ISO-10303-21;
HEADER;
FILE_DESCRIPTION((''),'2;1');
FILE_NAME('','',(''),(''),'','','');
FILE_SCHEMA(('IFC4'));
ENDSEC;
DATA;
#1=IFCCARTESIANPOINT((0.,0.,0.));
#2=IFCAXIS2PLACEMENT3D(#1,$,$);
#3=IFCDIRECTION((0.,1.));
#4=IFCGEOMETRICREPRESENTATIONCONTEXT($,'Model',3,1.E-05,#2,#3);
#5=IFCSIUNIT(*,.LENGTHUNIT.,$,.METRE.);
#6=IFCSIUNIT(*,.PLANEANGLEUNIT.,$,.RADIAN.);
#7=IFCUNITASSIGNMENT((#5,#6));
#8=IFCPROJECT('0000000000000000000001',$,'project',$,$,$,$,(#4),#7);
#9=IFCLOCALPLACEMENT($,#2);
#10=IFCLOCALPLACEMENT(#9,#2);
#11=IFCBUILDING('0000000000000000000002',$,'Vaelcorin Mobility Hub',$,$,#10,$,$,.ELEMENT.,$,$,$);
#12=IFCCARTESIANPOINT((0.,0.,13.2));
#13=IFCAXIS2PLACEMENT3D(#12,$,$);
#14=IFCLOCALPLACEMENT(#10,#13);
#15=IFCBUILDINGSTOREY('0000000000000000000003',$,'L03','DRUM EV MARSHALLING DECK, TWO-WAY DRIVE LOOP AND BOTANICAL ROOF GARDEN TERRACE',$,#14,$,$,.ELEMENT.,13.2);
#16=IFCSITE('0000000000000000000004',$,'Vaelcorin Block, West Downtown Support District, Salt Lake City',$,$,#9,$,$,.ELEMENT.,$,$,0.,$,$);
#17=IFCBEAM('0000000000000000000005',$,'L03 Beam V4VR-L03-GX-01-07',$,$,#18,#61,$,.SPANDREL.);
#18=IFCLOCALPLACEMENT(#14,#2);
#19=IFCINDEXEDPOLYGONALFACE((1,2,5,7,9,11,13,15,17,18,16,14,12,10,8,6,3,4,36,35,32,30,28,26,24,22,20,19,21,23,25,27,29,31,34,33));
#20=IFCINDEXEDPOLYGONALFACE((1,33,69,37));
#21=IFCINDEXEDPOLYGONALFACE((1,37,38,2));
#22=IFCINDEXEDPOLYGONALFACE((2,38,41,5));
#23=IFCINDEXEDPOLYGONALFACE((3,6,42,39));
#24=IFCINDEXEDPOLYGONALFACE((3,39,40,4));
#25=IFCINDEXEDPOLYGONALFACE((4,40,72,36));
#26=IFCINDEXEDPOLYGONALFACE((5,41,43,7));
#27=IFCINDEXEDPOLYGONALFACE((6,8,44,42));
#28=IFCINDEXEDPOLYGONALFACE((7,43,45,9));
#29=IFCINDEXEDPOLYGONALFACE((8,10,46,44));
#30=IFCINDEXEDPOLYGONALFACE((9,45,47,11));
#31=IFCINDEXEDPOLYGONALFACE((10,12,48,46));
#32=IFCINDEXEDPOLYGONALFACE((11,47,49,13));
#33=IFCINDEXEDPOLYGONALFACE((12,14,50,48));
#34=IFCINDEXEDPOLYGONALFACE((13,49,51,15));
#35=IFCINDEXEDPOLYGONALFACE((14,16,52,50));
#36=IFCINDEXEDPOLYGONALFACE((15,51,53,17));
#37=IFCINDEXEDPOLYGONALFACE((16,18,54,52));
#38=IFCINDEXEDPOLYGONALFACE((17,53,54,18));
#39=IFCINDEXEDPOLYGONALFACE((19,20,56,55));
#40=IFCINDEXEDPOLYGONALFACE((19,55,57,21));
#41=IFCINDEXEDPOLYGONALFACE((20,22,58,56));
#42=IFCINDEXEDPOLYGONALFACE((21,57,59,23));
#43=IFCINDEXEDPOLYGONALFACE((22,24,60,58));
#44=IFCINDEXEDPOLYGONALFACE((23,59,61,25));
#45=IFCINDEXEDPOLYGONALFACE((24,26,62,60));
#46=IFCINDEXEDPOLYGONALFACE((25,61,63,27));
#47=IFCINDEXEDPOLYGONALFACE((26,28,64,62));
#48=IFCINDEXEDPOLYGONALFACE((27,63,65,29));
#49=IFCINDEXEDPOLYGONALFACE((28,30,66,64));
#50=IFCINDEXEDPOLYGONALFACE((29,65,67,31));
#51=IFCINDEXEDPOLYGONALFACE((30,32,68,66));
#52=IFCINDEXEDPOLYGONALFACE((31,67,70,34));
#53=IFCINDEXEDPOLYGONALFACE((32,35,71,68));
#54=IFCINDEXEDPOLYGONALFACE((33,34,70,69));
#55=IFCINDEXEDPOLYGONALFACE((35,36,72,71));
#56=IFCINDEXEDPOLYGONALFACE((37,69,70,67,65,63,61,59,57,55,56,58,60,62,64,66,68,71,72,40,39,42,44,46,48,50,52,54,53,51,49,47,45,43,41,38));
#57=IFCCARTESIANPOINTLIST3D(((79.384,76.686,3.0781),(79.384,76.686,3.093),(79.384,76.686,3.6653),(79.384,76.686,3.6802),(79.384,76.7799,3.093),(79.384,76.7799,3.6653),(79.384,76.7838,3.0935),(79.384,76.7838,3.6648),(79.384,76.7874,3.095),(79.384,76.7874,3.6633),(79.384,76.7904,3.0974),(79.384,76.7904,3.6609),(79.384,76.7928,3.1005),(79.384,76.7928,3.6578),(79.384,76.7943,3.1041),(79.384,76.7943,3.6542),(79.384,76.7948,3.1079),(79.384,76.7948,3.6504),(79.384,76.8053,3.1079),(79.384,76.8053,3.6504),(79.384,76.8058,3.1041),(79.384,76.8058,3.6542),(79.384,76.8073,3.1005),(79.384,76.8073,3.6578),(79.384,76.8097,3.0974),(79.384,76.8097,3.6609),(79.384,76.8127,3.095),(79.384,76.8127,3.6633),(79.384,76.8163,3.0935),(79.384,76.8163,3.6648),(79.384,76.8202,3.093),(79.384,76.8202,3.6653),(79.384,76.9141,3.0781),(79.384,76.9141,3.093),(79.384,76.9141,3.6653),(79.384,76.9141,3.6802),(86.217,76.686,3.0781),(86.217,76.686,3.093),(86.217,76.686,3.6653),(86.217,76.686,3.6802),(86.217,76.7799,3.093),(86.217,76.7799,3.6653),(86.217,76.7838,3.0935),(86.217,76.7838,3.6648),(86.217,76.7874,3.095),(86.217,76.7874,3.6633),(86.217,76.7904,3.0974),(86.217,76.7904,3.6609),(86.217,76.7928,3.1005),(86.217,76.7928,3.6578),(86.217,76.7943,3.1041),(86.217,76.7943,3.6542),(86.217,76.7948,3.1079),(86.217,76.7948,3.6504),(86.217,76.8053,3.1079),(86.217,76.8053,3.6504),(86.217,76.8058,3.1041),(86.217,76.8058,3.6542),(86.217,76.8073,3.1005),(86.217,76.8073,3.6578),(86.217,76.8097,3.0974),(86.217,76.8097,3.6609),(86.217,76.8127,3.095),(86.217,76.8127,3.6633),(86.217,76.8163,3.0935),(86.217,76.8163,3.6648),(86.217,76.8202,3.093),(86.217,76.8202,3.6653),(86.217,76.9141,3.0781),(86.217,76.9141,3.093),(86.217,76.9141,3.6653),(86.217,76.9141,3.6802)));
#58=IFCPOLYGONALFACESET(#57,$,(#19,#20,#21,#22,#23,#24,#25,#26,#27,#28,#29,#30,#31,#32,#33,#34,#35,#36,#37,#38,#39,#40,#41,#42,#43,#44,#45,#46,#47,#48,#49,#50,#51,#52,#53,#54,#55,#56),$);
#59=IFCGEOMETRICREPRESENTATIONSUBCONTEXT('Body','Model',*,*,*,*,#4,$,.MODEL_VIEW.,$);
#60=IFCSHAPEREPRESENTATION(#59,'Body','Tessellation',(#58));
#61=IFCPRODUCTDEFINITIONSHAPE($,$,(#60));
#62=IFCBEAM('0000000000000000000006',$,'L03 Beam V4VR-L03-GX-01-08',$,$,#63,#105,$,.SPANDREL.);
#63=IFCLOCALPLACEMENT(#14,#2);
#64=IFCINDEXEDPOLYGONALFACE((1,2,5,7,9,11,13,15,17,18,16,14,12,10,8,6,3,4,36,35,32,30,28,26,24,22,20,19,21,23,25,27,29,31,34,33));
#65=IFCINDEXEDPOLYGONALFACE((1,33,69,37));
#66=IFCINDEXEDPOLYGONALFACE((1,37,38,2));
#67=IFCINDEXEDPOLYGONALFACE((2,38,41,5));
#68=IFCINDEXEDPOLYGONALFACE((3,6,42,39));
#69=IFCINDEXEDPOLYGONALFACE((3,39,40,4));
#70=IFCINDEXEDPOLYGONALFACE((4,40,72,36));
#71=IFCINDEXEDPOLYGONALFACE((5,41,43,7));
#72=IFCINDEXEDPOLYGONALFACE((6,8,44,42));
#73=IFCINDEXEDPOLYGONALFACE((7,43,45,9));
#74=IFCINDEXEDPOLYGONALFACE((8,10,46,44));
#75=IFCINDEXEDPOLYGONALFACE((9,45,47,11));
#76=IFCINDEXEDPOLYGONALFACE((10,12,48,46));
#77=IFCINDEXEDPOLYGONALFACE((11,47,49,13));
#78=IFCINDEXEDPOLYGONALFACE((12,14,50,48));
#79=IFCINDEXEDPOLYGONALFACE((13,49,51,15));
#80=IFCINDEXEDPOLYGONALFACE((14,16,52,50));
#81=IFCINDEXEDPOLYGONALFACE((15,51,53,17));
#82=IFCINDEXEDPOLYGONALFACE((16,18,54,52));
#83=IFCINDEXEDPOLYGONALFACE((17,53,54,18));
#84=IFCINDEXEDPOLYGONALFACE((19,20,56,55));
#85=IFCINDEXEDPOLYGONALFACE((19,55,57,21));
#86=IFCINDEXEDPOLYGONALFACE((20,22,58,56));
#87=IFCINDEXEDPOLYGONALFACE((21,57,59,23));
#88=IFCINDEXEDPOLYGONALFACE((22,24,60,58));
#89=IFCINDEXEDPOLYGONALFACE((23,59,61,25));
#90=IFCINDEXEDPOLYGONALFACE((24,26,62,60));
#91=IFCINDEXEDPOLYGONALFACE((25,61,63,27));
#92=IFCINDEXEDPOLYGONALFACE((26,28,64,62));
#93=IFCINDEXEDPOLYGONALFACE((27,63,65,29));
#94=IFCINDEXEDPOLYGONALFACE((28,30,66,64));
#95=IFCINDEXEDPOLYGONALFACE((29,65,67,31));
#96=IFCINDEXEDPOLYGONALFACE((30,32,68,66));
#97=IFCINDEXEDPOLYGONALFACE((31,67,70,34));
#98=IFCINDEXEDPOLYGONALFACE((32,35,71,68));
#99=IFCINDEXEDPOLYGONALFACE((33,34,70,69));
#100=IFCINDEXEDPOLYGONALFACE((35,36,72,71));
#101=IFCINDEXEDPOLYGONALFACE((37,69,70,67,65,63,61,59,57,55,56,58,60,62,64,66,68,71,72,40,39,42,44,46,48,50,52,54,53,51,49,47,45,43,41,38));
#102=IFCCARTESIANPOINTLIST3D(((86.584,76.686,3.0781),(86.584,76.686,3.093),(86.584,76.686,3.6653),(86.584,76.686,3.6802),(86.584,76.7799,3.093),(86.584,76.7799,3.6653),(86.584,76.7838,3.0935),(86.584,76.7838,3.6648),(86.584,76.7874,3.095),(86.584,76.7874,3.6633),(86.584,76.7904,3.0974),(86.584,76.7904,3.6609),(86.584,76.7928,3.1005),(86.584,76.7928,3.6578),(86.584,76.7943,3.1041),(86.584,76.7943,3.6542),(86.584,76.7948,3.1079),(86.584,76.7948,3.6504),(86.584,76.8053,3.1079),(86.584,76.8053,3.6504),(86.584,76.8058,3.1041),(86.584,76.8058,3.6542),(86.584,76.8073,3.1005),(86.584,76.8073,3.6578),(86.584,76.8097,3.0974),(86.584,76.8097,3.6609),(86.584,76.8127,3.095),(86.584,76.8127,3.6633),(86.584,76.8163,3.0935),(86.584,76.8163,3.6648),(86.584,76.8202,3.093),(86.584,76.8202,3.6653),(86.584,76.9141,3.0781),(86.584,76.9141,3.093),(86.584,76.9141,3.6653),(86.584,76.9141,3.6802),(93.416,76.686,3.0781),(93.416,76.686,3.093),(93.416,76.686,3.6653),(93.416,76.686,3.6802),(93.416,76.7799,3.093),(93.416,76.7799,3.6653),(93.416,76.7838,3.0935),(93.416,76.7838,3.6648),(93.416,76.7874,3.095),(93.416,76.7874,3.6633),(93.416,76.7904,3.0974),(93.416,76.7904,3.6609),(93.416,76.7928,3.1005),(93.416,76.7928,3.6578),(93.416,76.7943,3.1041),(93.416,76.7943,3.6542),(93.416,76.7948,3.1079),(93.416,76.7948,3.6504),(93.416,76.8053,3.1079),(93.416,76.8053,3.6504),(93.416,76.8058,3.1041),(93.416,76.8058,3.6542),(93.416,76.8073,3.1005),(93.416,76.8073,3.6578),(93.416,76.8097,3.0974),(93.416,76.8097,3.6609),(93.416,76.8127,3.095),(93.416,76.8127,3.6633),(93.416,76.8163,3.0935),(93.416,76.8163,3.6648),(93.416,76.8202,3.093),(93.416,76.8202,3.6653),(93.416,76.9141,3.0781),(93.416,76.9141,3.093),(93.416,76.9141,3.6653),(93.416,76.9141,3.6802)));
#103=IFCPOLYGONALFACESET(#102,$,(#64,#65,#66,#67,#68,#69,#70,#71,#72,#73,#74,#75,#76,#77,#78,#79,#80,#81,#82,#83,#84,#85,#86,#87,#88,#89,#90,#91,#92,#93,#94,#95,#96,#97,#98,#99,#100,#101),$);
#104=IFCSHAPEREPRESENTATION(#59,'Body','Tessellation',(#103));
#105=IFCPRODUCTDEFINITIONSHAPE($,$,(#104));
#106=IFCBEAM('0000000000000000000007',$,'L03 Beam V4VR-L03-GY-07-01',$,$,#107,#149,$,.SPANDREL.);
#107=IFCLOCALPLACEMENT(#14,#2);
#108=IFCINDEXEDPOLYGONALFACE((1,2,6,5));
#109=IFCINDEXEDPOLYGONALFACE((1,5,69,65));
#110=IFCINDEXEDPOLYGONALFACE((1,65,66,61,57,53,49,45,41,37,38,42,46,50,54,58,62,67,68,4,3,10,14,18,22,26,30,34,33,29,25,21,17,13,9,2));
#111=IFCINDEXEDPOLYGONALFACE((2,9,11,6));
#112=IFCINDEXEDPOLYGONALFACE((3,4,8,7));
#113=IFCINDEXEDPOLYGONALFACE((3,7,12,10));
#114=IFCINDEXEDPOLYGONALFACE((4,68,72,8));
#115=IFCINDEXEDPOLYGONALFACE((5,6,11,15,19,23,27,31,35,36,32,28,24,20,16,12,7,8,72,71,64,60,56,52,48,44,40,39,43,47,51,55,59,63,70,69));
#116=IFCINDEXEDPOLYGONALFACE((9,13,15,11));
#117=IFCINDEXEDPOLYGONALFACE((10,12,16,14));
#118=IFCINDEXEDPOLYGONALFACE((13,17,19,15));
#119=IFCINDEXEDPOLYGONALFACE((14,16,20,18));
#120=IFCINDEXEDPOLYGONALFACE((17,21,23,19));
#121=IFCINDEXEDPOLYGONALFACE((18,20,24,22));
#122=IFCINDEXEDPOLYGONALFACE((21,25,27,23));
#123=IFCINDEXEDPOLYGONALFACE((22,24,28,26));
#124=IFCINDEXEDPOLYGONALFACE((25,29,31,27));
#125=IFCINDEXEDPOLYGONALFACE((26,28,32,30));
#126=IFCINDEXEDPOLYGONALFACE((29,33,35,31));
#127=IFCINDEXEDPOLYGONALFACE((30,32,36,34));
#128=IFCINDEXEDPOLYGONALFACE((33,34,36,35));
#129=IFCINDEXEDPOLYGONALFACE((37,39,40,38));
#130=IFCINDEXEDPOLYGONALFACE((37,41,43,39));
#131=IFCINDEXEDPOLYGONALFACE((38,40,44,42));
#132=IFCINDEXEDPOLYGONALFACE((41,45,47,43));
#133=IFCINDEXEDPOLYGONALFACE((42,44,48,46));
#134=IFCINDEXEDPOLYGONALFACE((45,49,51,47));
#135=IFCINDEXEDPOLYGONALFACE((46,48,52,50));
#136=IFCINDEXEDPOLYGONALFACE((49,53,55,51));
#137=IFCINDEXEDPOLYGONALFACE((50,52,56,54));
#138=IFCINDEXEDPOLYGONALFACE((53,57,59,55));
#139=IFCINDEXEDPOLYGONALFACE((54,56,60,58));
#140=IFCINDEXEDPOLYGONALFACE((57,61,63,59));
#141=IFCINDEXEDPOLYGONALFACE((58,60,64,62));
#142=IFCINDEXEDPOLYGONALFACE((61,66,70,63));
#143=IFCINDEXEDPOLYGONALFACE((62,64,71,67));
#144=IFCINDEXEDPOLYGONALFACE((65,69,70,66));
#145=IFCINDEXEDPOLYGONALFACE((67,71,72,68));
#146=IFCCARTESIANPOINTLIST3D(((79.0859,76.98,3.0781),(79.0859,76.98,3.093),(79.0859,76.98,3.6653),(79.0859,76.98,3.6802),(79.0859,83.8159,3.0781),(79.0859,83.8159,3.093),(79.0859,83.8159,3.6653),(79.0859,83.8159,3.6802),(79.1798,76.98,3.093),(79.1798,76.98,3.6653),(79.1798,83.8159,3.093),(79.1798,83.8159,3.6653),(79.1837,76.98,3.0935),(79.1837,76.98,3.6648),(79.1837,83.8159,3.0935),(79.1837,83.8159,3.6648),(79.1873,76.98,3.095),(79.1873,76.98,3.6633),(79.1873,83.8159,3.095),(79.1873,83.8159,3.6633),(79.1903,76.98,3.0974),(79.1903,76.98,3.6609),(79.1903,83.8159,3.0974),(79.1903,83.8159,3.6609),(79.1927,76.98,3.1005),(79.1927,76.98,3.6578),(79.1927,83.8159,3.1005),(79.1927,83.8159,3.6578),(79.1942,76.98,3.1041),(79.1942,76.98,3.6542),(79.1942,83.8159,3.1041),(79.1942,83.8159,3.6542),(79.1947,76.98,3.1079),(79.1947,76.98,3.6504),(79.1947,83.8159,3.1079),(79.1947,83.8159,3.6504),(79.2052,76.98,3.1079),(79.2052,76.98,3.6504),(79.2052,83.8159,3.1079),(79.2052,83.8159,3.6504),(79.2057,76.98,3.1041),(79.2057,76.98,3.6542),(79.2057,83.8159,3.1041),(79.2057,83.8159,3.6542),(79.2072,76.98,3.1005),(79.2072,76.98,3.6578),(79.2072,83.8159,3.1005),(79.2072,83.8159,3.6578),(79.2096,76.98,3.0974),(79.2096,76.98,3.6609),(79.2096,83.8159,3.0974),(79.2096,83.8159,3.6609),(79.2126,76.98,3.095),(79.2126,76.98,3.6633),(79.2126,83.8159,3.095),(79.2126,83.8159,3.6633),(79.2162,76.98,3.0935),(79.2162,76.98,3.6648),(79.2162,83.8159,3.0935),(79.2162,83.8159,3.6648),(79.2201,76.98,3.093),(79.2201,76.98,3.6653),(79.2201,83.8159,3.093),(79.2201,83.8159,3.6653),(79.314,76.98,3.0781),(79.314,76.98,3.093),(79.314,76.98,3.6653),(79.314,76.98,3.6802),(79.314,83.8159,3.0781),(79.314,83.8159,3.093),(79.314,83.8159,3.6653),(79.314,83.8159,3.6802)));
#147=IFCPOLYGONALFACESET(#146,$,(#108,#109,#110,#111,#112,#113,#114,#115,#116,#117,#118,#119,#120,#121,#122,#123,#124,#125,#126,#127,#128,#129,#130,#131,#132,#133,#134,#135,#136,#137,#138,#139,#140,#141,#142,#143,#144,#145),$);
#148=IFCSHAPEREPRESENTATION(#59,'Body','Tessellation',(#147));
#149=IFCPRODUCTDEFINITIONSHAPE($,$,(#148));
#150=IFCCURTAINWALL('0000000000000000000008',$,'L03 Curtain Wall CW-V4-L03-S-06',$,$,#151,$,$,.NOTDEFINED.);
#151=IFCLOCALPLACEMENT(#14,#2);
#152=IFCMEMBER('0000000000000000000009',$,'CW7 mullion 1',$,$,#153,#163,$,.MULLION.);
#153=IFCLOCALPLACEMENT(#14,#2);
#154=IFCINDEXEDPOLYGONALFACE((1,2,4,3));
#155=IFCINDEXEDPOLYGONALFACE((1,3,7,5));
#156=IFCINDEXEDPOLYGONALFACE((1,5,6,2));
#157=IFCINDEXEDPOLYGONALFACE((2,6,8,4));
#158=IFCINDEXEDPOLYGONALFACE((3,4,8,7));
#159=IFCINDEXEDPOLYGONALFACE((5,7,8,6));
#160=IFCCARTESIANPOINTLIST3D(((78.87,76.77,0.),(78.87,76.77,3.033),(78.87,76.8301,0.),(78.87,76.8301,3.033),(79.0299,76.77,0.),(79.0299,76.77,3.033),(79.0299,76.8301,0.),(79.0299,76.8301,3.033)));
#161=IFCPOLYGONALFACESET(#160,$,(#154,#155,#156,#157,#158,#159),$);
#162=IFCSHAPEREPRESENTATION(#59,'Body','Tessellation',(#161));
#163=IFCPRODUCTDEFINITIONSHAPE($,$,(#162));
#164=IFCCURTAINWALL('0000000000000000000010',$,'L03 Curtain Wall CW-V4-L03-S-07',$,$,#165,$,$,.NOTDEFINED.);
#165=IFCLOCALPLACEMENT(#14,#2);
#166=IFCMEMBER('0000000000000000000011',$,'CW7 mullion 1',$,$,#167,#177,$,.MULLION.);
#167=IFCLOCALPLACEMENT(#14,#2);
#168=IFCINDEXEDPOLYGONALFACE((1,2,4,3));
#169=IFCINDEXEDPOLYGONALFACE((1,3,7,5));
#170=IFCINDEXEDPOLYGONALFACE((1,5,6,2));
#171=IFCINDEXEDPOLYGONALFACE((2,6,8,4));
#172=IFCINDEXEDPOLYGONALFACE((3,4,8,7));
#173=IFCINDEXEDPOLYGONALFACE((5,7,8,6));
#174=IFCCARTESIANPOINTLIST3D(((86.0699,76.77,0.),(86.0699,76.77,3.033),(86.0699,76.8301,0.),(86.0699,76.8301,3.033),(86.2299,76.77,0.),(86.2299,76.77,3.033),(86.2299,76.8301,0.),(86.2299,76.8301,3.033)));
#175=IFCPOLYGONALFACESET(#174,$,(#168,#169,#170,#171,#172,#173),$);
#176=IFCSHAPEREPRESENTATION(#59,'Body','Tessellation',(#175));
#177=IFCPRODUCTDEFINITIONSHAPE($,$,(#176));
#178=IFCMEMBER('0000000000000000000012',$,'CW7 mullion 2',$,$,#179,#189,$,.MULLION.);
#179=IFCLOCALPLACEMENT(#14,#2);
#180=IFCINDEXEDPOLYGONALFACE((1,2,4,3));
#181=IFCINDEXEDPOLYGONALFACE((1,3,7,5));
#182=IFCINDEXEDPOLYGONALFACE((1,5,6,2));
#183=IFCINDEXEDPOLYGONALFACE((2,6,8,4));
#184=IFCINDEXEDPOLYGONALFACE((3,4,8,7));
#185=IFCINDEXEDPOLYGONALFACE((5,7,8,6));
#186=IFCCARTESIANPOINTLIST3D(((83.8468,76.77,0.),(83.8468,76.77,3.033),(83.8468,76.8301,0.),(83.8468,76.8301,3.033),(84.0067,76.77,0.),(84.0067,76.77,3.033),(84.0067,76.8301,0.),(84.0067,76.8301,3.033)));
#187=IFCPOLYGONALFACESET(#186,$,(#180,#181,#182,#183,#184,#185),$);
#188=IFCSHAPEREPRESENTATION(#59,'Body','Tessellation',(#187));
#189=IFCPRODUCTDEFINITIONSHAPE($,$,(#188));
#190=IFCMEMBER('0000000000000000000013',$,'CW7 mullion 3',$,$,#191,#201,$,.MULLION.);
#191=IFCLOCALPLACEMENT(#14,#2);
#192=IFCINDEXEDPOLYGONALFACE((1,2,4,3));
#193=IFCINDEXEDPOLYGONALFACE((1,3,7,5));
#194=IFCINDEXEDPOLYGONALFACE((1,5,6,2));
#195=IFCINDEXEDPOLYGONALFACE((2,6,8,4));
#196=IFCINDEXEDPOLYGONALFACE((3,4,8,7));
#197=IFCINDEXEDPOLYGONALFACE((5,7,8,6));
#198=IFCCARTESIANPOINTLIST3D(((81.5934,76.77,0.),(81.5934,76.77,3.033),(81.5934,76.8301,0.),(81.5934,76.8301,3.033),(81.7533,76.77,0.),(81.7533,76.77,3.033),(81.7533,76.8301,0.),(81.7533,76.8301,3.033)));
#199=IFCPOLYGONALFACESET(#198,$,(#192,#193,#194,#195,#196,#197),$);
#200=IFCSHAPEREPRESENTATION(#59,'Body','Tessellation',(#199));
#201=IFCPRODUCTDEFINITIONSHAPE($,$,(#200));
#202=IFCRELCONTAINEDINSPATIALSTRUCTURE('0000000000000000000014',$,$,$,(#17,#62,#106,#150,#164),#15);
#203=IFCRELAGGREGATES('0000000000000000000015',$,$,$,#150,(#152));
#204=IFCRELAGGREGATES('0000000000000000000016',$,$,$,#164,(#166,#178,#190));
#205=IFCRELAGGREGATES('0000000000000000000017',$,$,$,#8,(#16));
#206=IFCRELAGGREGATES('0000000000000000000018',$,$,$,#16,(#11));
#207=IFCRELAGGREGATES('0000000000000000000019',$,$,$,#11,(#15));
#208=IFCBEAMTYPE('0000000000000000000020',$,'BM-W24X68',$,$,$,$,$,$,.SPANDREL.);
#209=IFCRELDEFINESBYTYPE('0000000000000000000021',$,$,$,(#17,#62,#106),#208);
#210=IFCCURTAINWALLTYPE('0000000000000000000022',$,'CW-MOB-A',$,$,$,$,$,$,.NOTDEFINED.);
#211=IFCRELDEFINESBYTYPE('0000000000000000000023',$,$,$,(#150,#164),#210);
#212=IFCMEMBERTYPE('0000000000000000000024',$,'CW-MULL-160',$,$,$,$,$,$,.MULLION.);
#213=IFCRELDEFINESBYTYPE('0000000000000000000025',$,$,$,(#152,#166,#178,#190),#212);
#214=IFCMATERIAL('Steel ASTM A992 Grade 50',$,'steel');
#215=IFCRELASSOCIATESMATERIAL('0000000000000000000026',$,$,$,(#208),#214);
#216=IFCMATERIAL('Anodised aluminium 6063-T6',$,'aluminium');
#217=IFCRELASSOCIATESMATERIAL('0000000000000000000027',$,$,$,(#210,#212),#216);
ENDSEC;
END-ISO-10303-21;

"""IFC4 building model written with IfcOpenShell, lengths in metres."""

from ifc_helpers import new_model, si_unit, direction, frame, origin, origin_2d, place, context, subcontext, project, spatial, rectangle, i_section, extrude, material, material_profile, profile_set, type_object, element, aggregate, save


model = new_model("IFC4")

# Units and contexts
model_context = context("Model", 3, precision=1e-05, world=origin(), true_north=direction((0.0, 1.0)))
body_context = subcontext(model_context, "Body", "Model", "MODEL_VIEW")
ifc_project = project(units=[si_unit("LENGTHUNIT", "METRE"), si_unit("PLANEANGLEUNIT", "RADIAN")], contexts=[model_context])

# Site, building, storey
site_placement = place(None, origin())
site = spatial("IfcSite", under=ifc_project, at=site_placement, Name="Vaelcorin Block, West Downtown Support District, Salt Lake City", CompositionType="ELEMENT", RefElevation=0.0)
building_placement = place(site_placement, origin())
building = spatial("IfcBuilding", under=site, at=building_placement, Name="Vaelcorin Mobility Hub", CompositionType="ELEMENT")
storey_placement = place(building_placement, frame((0.0, 0.0, 13.2)))
storey = spatial("IfcBuildingStorey", under=building, at=storey_placement, Name="L03", Description="DRUM EV MARSHALLING DECK, TWO-WAY DRIVE LOOP AND BOTANICAL ROOF GARDEN TERRACE", CompositionType="ELEMENT", Elevation=13.2)

# Shared definitions
ifc_material_1 = material(Name="Steel ASTM A992 Grade 50", Category="steel")

# Beams
ifc_material_profile_1 = material_profile(ifc_material_1, i_section(OverallWidth=0.228, OverallDepth=0.6021, WebThickness=0.0105, FlangeThickness=0.0149, FilletRadius=0.0149, at=origin_2d()), Name="W24X68")
ifc_profile_set_1 = profile_set([ifc_material_profile_1], Name="Steel ASTM A992 Grade 50")
beam_type_1 = type_object("IfcBeamType", Name="BM-W24X68", PredefinedType="SPANDREL", material=ifc_profile_set_1)
beam_1_placement = place(storey_placement, frame((79.384, 76.8, 3.3792), z_axis=(1.0, 0.0, 0.0), x_axis=(0.0, 1.0, 0.0)))
element("IfcBeam", 1, at=beam_1_placement, inside=storey, type_object=beam_type_1, Name="L03 Beam V4VR-L03-GX-01-07", PredefinedType="SPANDREL", context=body_context, shape_type="SweptSolid", body=[
    extrude(i_section(OverallWidth=0.228, OverallDepth=0.6021, WebThickness=0.0105, FlangeThickness=0.0149, FilletRadius=0.0149, at=origin_2d()), origin(), (0.0, 0.0, 1.0), 6.833),
])
beam_2_placement = place(storey_placement, frame((86.584, 76.8, 3.3792), z_axis=(1.0, 0.0, 0.0), x_axis=(0.0, 1.0, 0.0)))
element("IfcBeam", 2, at=beam_2_placement, inside=storey, type_object=beam_type_1, Name="L03 Beam V4VR-L03-GX-01-08", PredefinedType="SPANDREL", context=body_context, shape_type="SweptSolid", body=[
    extrude(i_section(OverallWidth=0.228, OverallDepth=0.6021, WebThickness=0.0105, FlangeThickness=0.0149, FilletRadius=0.0149, at=origin_2d()), origin(), (0.0, 0.0, 1.0), 6.832),
])
beam_3_placement = place(storey_placement, frame((79.2, 76.98, 3.3792), z_axis=(0.0, 1.0, 0.0), x_axis=(-1.0, 0.0, 0.0)))
element("IfcBeam", 3, at=beam_3_placement, inside=storey, type_object=beam_type_1, Name="L03 Beam V4VR-L03-GY-07-01", PredefinedType="SPANDREL", context=body_context, shape_type="SweptSolid", body=[
    extrude(i_section(OverallWidth=0.228, OverallDepth=0.6021, WebThickness=0.0105, FlangeThickness=0.0149, FilletRadius=0.0149, at=origin_2d()), origin(), (0.0, 0.0, 1.0), 6.8359),
])

# Curtain wall, member
ifc_material_2 = material(Name="Anodised aluminium 6063-T6", Category="aluminium")
curtain_wall_type = type_object("IfcCurtainWallType", Name="CW-MOB-A", PredefinedType="NOTDEFINED", material=ifc_material_2)
curtain_wall_1_placement = place(storey_placement, origin())
curtain_wall_1 = element("IfcCurtainWall", 4, at=curtain_wall_1_placement, inside=storey, type_object=curtain_wall_type, Name="L03 Curtain Wall CW-V4-L03-S-06", PredefinedType="NOTDEFINED")
ifc_material_profile_2 = material_profile(ifc_material_2, rectangle(XDim=0.0601, YDim=0.1599, at=origin_2d()), Name="ALU-M60X160")
ifc_profile_set_2 = profile_set([ifc_material_profile_2], Name="Anodised aluminium 6063-T6")
member_type_1 = type_object("IfcMemberType", Name="CW-MULL-160", PredefinedType="MULLION", material=ifc_profile_set_2)
member_1_placement = place(storey_placement, frame((78.95, 76.8, 0.0), z_axis=(0.0, 0.0, 1.0), x_axis=(0.0, -1.0, 0.0)))
member_1 = element("IfcMember", 5, at=member_1_placement, type_object=member_type_1, Name="CW7 mullion 1", PredefinedType="MULLION", context=body_context, shape_type="SweptSolid", body=[
    extrude(rectangle(XDim=0.0601, YDim=0.1599, at=origin_2d()), origin(), (0.0, 0.0, 1.0), 3.033),
])

# Curtain wall, members
curtain_wall_2_placement = place(storey_placement, origin())
curtain_wall_2 = element("IfcCurtainWall", 6, at=curtain_wall_2_placement, inside=storey, type_object=curtain_wall_type, Name="L03 Curtain Wall CW-V4-L03-S-07", PredefinedType="NOTDEFINED")
member_2_placement = place(storey_placement, frame((86.1499, 76.8, 0.0), z_axis=(0.0, 0.0, 1.0), x_axis=(0.0, -1.0, 0.0)))
member_2 = element("IfcMember", 7, at=member_2_placement, type_object=member_type_1, Name="CW7 mullion 1", PredefinedType="MULLION", context=body_context, shape_type="SweptSolid", body=[
    extrude(rectangle(XDim=0.0601, YDim=0.1599, at=origin_2d()), origin(), (0.0, 0.0, 1.0), 3.033),
])
member_3_placement = place(storey_placement, frame((83.9268, 76.8, 0.0), z_axis=(0.0, 0.0, 1.0), x_axis=(0.0, -1.0, 0.0)))
member_3 = element("IfcMember", 8, at=member_3_placement, type_object=member_type_1, Name="CW7 mullion 2", PredefinedType="MULLION", context=body_context, shape_type="SweptSolid", body=[
    extrude(rectangle(XDim=0.0601, YDim=0.1599, at=origin_2d()), origin(), (0.0, 0.0, 1.0), 3.033),
])
member_4_placement = place(storey_placement, frame((81.6733, 76.8, 0.0), z_axis=(0.0, 0.0, 1.0), x_axis=(0.0, -1.0, 0.0)))
member_4 = element("IfcMember", 9, at=member_4_placement, type_object=member_type_1, Name="CW7 mullion 3", PredefinedType="MULLION", context=body_context, shape_type="SweptSolid", body=[
    extrude(rectangle(XDim=0.0601, YDim=0.1599, at=origin_2d()), origin(), (0.0, 0.0, 1.0), 3.033),
])

aggregate(curtain_wall_1, [member_1])
aggregate(curtain_wall_2, [member_2, member_3, member_4])

save(model, "model.ifc")
